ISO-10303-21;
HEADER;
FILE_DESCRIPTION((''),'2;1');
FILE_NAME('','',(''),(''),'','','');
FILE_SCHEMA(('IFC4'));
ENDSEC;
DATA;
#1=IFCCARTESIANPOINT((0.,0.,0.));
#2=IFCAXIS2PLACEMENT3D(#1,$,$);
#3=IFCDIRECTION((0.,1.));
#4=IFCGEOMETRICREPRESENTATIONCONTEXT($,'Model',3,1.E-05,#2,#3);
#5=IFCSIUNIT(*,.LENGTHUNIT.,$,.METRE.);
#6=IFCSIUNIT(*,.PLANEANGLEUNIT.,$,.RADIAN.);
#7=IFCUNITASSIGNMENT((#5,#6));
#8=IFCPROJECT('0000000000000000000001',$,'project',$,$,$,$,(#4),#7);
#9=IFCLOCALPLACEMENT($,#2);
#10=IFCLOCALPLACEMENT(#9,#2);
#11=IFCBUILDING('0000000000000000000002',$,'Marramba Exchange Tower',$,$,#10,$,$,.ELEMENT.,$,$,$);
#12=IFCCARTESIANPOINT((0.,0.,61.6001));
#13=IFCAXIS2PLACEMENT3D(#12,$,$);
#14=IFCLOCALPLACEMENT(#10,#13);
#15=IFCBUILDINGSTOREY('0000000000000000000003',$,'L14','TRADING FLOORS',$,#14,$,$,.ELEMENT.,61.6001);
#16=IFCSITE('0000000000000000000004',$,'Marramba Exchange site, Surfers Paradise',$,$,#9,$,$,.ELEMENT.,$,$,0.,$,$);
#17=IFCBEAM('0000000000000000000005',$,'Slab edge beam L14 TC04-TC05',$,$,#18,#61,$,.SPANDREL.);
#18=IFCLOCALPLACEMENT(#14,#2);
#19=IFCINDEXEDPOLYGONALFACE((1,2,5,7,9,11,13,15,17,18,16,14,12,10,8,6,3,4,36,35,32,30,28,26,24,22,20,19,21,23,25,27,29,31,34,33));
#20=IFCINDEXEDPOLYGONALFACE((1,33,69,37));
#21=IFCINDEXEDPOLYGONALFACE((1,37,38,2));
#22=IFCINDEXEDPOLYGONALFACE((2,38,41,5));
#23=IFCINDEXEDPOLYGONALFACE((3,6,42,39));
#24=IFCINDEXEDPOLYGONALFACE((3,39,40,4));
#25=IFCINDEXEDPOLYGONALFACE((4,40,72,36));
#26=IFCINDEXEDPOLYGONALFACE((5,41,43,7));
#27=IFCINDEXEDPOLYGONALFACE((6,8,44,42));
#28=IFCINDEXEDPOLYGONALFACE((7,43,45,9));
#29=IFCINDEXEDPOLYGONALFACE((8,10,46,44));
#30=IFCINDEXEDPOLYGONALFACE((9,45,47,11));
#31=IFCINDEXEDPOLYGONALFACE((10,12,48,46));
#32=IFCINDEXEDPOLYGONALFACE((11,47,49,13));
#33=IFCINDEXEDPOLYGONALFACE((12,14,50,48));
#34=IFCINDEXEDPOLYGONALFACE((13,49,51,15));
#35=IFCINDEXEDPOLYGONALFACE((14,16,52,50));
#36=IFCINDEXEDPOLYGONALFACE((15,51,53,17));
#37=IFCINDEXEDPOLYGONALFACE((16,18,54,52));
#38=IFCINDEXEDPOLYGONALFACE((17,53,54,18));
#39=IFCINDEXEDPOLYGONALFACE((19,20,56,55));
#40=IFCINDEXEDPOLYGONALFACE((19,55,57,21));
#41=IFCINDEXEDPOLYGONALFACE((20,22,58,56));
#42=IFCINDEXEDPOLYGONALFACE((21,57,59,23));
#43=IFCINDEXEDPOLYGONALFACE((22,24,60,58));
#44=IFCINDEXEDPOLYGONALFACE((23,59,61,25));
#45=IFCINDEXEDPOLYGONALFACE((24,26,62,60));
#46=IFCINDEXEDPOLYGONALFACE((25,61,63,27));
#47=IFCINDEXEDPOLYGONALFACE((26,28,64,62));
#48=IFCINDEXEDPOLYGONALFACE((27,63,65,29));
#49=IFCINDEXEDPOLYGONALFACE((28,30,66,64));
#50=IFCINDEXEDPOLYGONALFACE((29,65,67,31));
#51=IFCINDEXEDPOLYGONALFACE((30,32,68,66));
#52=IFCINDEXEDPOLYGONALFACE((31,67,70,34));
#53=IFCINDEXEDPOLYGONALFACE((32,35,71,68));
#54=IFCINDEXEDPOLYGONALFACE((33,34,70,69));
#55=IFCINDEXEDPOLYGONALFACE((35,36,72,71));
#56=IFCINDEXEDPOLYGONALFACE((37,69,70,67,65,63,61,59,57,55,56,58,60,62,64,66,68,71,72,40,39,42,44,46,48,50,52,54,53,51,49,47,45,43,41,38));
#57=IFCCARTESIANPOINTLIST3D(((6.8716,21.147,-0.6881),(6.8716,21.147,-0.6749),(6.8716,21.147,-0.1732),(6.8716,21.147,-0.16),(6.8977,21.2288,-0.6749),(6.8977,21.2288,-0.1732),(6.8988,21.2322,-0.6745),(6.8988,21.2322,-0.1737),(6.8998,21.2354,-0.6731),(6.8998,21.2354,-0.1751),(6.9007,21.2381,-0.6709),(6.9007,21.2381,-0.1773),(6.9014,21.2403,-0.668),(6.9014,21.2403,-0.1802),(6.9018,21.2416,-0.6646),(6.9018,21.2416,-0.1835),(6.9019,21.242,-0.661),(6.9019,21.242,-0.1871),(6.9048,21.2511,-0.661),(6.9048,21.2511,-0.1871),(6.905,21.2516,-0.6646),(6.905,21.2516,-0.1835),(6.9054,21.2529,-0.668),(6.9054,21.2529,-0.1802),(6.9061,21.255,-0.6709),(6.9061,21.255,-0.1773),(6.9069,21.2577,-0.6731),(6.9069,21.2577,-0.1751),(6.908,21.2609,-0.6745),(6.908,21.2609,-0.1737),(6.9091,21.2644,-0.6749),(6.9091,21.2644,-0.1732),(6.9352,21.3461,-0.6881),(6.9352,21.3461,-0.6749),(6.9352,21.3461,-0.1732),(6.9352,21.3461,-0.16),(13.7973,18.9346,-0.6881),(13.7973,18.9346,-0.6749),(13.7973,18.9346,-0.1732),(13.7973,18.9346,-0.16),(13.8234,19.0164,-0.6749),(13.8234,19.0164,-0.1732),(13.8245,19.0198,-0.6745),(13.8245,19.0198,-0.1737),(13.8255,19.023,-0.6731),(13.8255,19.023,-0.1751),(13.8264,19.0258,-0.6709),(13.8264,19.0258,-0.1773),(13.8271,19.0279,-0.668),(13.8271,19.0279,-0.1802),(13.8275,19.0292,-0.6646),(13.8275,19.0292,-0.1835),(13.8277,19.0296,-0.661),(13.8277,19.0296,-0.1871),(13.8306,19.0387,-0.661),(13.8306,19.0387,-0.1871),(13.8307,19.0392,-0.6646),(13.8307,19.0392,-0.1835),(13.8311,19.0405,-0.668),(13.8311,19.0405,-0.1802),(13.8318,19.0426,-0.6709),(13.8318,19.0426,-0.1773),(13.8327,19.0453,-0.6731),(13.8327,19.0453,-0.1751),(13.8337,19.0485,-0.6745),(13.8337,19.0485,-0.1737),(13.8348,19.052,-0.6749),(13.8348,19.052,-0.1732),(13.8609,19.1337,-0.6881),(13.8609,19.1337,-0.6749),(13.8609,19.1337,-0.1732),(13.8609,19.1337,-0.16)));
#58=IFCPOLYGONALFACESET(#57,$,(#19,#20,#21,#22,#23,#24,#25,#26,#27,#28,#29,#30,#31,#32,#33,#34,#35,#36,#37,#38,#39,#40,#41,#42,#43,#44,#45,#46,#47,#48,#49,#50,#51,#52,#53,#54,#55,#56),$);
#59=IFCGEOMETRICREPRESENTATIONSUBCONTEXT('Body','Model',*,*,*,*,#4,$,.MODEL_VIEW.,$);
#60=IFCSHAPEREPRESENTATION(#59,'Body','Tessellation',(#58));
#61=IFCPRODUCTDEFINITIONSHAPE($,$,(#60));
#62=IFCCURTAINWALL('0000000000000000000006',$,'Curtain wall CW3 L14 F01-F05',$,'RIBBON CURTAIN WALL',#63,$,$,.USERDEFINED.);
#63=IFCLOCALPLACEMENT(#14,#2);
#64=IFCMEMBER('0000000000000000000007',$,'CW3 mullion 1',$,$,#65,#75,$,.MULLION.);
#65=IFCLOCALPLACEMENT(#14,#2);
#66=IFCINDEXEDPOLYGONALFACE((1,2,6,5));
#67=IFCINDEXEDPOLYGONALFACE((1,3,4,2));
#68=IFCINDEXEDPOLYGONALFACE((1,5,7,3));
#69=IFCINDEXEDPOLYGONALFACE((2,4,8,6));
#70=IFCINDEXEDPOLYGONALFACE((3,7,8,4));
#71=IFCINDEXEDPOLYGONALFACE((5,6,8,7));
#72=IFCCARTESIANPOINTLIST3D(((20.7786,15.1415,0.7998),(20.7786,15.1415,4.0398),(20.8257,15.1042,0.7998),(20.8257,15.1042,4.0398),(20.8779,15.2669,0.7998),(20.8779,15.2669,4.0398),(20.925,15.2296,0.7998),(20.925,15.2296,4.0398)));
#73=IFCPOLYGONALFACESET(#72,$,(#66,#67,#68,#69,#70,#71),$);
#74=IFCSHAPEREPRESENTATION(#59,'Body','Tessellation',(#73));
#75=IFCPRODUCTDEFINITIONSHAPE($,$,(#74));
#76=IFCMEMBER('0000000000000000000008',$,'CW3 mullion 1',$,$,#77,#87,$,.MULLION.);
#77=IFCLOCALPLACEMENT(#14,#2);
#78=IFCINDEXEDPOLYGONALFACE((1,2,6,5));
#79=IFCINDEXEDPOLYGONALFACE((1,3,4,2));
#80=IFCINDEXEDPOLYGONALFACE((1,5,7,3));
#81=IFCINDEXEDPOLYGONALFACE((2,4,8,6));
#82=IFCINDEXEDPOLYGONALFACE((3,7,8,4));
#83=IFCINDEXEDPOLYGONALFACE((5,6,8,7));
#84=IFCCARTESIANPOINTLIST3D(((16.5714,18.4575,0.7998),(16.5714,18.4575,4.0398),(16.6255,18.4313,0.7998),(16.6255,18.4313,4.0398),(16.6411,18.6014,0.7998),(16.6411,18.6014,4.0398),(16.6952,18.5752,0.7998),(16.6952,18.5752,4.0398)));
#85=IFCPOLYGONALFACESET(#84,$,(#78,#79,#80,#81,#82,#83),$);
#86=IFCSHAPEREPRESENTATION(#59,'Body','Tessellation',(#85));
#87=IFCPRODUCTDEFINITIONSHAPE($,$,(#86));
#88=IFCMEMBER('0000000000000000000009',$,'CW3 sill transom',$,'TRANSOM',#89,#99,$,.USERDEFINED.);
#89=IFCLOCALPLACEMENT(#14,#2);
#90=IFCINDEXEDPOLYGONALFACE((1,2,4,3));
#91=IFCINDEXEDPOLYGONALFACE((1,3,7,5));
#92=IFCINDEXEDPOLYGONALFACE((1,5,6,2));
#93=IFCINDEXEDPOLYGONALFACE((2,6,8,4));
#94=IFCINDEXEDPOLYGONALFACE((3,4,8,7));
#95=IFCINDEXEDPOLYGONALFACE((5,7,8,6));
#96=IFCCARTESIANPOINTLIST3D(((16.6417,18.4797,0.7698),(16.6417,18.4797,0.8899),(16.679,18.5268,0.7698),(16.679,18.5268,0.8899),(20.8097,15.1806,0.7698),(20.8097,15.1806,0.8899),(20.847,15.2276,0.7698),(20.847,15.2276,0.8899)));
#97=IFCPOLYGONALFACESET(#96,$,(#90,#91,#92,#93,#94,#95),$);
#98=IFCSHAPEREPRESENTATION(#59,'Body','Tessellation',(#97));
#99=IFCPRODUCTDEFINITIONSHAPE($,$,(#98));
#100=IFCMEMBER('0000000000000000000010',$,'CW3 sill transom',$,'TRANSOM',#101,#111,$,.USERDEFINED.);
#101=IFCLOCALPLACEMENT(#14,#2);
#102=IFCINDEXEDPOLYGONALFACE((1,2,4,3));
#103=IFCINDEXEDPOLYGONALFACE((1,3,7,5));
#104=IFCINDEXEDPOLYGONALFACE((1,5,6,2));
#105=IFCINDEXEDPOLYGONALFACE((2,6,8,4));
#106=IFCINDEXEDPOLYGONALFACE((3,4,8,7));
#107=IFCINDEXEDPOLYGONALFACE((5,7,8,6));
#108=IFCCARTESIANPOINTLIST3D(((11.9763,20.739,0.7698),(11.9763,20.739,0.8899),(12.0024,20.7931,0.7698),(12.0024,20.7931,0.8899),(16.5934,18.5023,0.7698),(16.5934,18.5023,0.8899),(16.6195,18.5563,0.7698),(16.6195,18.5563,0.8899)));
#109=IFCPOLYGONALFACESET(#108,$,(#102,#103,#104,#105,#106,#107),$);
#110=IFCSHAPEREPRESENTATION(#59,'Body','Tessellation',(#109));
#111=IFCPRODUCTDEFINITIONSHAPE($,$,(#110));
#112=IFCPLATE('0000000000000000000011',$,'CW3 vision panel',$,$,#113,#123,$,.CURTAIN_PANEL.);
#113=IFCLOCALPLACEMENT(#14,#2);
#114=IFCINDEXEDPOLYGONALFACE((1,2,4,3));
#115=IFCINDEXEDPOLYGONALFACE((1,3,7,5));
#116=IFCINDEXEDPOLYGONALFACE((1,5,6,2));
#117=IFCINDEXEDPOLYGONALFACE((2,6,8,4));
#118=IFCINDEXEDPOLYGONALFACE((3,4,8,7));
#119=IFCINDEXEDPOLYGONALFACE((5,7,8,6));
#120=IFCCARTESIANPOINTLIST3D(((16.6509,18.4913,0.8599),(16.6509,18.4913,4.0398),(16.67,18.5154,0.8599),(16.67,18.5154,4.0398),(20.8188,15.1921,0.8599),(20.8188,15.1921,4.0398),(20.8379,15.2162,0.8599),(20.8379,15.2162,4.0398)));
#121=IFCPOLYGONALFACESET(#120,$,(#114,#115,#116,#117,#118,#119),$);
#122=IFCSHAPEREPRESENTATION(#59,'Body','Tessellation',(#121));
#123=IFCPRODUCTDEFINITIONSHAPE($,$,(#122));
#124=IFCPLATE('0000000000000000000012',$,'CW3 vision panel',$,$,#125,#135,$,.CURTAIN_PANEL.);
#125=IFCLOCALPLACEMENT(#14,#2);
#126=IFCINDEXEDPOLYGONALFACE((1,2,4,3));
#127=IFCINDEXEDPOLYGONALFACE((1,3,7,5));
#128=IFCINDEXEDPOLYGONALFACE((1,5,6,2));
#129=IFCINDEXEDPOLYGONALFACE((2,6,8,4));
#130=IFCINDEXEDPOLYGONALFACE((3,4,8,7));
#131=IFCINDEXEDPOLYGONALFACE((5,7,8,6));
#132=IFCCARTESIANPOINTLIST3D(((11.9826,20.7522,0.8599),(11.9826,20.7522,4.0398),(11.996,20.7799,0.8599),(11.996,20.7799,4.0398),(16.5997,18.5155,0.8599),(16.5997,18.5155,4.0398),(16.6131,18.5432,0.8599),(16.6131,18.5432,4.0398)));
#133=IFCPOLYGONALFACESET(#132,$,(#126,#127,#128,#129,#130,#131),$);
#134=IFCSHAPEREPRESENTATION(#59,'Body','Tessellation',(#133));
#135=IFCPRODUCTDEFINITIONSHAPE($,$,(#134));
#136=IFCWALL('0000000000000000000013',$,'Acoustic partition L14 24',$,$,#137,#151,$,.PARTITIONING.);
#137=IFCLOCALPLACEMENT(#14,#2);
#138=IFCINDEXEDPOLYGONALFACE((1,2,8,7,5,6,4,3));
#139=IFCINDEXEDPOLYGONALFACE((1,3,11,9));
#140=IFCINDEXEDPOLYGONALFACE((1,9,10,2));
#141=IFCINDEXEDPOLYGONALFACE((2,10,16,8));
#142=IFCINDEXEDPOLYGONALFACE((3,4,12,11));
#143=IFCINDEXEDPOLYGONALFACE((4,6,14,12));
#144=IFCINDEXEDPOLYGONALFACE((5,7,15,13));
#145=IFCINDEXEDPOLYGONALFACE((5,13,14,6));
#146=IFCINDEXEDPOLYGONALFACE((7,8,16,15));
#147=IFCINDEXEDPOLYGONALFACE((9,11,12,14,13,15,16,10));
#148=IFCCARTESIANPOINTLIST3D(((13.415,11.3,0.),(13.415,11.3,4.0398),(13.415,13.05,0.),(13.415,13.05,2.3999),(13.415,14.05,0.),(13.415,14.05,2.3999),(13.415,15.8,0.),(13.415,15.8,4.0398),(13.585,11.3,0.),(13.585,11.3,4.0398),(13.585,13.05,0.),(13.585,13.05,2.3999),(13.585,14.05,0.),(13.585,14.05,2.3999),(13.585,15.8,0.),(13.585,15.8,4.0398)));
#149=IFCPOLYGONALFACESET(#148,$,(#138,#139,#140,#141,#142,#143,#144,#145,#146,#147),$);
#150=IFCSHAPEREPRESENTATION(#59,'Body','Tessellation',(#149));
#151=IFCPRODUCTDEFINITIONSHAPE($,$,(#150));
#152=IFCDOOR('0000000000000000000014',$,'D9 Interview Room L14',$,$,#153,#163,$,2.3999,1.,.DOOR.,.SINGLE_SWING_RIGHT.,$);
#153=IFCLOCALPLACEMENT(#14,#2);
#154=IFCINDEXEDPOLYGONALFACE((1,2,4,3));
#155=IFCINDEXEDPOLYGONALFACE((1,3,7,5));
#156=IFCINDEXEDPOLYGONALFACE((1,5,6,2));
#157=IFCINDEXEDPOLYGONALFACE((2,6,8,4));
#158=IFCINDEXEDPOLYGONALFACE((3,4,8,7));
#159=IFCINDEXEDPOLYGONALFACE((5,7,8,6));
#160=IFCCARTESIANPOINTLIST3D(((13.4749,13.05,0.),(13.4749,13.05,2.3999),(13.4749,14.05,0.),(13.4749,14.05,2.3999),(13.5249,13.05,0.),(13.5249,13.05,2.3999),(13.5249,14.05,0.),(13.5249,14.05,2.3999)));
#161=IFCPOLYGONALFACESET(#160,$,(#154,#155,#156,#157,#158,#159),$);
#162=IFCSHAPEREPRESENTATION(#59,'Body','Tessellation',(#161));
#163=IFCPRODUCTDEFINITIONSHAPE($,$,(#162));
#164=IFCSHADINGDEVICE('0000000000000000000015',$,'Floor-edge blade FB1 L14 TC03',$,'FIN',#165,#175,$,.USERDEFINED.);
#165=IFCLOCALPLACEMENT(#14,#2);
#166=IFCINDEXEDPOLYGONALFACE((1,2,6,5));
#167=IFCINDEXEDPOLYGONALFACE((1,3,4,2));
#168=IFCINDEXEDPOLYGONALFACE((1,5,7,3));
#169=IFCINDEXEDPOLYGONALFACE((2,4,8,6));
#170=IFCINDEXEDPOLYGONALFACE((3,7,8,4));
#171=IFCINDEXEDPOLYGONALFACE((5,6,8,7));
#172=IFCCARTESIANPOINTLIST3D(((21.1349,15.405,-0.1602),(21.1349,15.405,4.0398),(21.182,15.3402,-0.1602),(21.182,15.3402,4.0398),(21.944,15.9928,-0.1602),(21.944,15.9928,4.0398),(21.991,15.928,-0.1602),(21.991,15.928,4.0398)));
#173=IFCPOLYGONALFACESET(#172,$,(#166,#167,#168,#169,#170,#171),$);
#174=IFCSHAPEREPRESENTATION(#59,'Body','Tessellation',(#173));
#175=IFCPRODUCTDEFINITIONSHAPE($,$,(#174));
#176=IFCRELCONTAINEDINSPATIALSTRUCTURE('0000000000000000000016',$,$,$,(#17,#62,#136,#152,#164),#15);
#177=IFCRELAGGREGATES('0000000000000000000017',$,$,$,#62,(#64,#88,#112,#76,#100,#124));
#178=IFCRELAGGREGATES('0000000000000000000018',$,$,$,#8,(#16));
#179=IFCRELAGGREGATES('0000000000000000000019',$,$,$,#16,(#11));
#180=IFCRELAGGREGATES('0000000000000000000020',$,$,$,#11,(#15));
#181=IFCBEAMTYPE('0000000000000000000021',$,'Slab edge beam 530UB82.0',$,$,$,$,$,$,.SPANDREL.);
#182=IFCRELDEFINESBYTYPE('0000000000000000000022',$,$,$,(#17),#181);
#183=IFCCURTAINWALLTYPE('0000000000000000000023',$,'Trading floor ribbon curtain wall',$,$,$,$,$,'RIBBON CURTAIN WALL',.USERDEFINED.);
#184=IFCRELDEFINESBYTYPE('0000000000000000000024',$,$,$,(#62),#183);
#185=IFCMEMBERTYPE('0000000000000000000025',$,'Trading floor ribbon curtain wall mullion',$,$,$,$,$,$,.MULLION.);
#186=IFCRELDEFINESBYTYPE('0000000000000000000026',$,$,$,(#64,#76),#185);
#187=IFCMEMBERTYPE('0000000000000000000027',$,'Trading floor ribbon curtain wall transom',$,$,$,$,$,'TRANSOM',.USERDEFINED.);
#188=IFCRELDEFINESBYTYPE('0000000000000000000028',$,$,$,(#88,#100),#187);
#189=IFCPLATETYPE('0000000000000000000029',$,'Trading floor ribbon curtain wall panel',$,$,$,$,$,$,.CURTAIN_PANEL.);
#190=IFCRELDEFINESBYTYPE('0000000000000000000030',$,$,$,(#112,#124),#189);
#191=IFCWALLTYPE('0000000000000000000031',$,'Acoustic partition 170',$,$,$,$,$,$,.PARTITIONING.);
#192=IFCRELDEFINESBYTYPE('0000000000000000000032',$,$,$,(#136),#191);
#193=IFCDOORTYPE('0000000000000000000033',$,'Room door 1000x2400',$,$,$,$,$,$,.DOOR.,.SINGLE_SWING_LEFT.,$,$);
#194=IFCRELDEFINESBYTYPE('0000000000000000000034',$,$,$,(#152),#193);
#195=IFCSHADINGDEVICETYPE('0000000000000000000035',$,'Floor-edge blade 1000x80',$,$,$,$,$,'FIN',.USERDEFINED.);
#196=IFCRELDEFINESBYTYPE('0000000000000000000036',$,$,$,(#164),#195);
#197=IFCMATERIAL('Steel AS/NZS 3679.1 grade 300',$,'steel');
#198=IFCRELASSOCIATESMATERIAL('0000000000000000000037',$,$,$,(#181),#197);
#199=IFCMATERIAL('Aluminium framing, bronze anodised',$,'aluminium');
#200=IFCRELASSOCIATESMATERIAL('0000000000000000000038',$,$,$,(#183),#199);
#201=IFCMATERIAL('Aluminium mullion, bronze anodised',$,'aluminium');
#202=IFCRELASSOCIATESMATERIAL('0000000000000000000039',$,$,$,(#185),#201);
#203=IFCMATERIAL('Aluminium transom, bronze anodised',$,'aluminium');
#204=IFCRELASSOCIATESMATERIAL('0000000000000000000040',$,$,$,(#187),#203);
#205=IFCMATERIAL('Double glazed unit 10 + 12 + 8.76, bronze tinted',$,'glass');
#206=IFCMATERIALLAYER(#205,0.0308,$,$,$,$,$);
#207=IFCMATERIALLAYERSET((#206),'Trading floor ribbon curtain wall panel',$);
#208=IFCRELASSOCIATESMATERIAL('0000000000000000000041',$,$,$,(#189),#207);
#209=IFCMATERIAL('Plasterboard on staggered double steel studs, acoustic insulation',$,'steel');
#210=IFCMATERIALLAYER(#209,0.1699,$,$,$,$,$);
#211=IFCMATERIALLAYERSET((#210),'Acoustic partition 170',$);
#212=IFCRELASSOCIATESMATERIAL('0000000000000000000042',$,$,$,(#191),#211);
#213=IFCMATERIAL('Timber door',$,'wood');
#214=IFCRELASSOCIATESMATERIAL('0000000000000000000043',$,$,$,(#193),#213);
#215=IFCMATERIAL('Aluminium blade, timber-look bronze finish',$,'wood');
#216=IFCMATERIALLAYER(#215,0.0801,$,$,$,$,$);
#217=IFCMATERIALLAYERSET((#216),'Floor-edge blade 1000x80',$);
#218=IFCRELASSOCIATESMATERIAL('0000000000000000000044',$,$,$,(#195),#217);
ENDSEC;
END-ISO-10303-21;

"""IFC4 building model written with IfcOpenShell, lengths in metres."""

from ifc_helpers import new_model, si_unit, direction, frame, frame_2d, origin, origin_2d, place, context, subcontext, project, spatial, rectangle, i_section, extrude, material, layer, layer_set, material_profile, profile_set, type_object, element, fill, aggregate, save


model = new_model("IFC4")

# Units and contexts
model_context = context("Model", 3, precision=1e-05, world=origin(), true_north=direction((0.0, 1.0)))
body_context = subcontext(model_context, "Body", "Model", "MODEL_VIEW")
ifc_project = project(units=[si_unit("LENGTHUNIT", "METRE"), si_unit("PLANEANGLEUNIT", "RADIAN")], contexts=[model_context])

# Site, building, storey
site_placement = place(None, origin())
site = spatial("IfcSite", under=ifc_project, at=site_placement, Name="Marramba Exchange site, Surfers Paradise", CompositionType="ELEMENT", RefElevation=0.0)
building_placement = place(site_placement, origin())
building = spatial("IfcBuilding", under=site, at=building_placement, Name="Marramba Exchange Tower", CompositionType="ELEMENT")
storey_placement = place(building_placement, frame((0.0, 0.0, 61.6001)))
storey = spatial("IfcBuildingStorey", under=building, at=storey_placement, Name="L14", Description="TRADING FLOORS", CompositionType="ELEMENT", Elevation=61.6001)

# Beam
ifc_material_1 = material(Name="Steel AS/NZS 3679.1 grade 300", Category="steel")
ifc_material_profile_1 = material_profile(ifc_material_1, i_section(OverallWidth=0.209, OverallDepth=0.5281, WebThickness=0.0095, FlangeThickness=0.0132, FilletRadius=0.0139, at=origin_2d()), Name="530UB82.0")
ifc_profile_set_1 = profile_set([ifc_material_profile_1], Name="Steel AS/NZS 3679.1 grade 300")
beam_type = type_object("IfcBeamType", Name="Slab edge beam 530UB82.0", PredefinedType="SPANDREL", material=ifc_profile_set_1)
beam_placement = place(storey_placement, frame((13.8291, 19.0342, -0.4241), z_axis=(-0.952578, 0.304296, 0.0), x_axis=(-0.304296, -0.952578, 0.0)))
element("IfcBeam", 1, at=beam_placement, inside=storey, type_object=beam_type, Name="Slab edge beam L14 TC04-TC05", PredefinedType="SPANDREL", context=body_context, shape_type="SweptSolid", body=[
    extrude(i_section(OverallWidth=0.209, OverallDepth=0.5281, WebThickness=0.0095, FlangeThickness=0.0132, FilletRadius=0.0139, at=origin_2d()), origin(), (0.0, 0.0, 1.0), 7.2705),
])

# Curtain wall, members, plates
ifc_material_2 = material(Name="Aluminium framing, bronze anodised", Category="aluminium")
curtain_wall_type = type_object("IfcCurtainWallType", Name="Trading floor ribbon curtain wall", ElementType="RIBBON CURTAIN WALL", PredefinedType="USERDEFINED", material=ifc_material_2)
curtain_wall_placement = place(storey_placement, origin())
curtain_wall = element("IfcCurtainWall", 2, at=curtain_wall_placement, inside=storey, type_object=curtain_wall_type, Name="Curtain wall CW3 L14 F01-F05", ObjectType="RIBBON CURTAIN WALL", PredefinedType="USERDEFINED")
ifc_material_3 = material(Name="Aluminium mullion, bronze anodised", Category="aluminium")
ifc_material_profile_2 = material_profile(ifc_material_3, rectangle(XDim=0.1599, YDim=0.0601, at=origin_2d()), Name="CW3 mullion 60x160")
ifc_profile_set_2 = profile_set([ifc_material_profile_2], Name="Aluminium mullion, bronze anodised")
member_type_1 = type_object("IfcMemberType", Name="Trading floor ribbon curtain wall mullion", PredefinedType="MULLION", material=ifc_profile_set_2)
member_1_placement = place(storey_placement, frame((20.8518, 15.1855, 0.7998), z_axis=(0.0, 0.0, 1.0), x_axis=(-0.62065, -0.784088, 0.0)))
member_1 = element("IfcMember", 3, at=member_1_placement, type_object=member_type_1, Name="CW3 mullion 1", PredefinedType="MULLION", context=body_context, shape_type="SweptSolid", body=[
    extrude(rectangle(XDim=0.1599, YDim=0.0601, at=origin_2d()), origin(), (0.0, 0.0, 1.0), 3.24),
])
member_2_placement = place(storey_placement, frame((16.6333, 18.5164, 0.7998), z_axis=(0.0, 0.0, 1.0), x_axis=(-0.435965, -0.899963, 0.0)))
member_2 = element("IfcMember", 4, at=member_2_placement, type_object=member_type_1, Name="CW3 mullion 1", PredefinedType="MULLION", context=body_context, shape_type="SweptSolid", body=[
    extrude(rectangle(XDim=0.1599, YDim=0.0601, at=origin_2d()), origin(), (0.0, 0.0, 1.0), 3.24),
])
ifc_material_4 = material(Name="Aluminium transom, bronze anodised", Category="aluminium")
ifc_material_profile_3 = material_profile(ifc_material_4, rectangle(XDim=0.0601, YDim=0.1201, at=origin_2d()), Name="CW3 transom 60x120")
ifc_profile_set_3 = profile_set([ifc_material_profile_3], Name="Aluminium transom, bronze anodised")
member_type_2 = type_object("IfcMemberType", Name="Trading floor ribbon curtain wall transom", ElementType="TRANSOM", PredefinedType="USERDEFINED", material=ifc_profile_set_3)
member_3_placement = place(storey_placement, frame((20.8284, 15.2041, 0.8298), z_axis=(-0.784098, 0.620637, 0.0), x_axis=(-0.620637, -0.784098, 0.0)))
member_3 = element("IfcMember", 5, at=member_3_placement, type_object=member_type_2, Name="CW3 sill transom", ObjectType="TRANSOM", PredefinedType="USERDEFINED", context=body_context, shape_type="SweptSolid", body=[
    extrude(rectangle(XDim=0.0601, YDim=0.1201, at=origin_2d()), origin(), (0.0, 0.0, 1.0), 5.3157),
])
member_4_placement = place(storey_placement, frame((16.6064, 18.5293, 0.8298), z_axis=(-0.899953, 0.435986, 0.0), x_axis=(-0.435986, -0.899953, 0.0)))
member_4 = element("IfcMember", 6, at=member_4_placement, type_object=member_type_2, Name="CW3 sill transom", ObjectType="TRANSOM", PredefinedType="USERDEFINED", context=body_context, shape_type="SweptSolid", body=[
    extrude(rectangle(XDim=0.0601, YDim=0.1201, at=origin_2d()), origin(), (0.0, 0.0, 1.0), 5.1304),
])
ifc_material_5 = material(Name="Double glazed unit 10 + 12 + 8.76, bronze tinted", Category="glass")
ifc_layer_1 = layer(ifc_material_5, 0.0308)
ifc_layer_set_1 = layer_set([ifc_layer_1], Name="Trading floor ribbon curtain wall panel")
plate_type = type_object("IfcPlateType", Name="Trading floor ribbon curtain wall panel", PredefinedType="CURTAIN_PANEL", material=ifc_layer_set_1)
plate_1_placement = place(storey_placement, frame((18.7444, 16.8538, 0.8599), z_axis=(0.0, 0.0, 1.0), x_axis=(-0.784088, 0.62065, 0.0)))
plate_1 = element("IfcPlate", 7, at=plate_1_placement, type_object=plate_type, Name="CW3 vision panel", PredefinedType="CURTAIN_PANEL", context=body_context, shape_type="SweptSolid", body=[
    extrude(rectangle(XDim=5.3157, YDim=0.0308, at=origin_2d()), origin(), (0.0, 0.0, 1.0), 3.1799),
])
plate_2_placement = place(storey_placement, frame((14.2979, 19.6477, 0.8599), z_axis=(0.0, 0.0, 1.0), x_axis=(-0.899963, 0.435965, 0.0)))
plate_2 = element("IfcPlate", 8, at=plate_2_placement, type_object=plate_type, Name="CW3 vision panel", PredefinedType="CURTAIN_PANEL", context=body_context, shape_type="SweptSolid", body=[
    extrude(rectangle(XDim=5.1304, YDim=0.0308, at=origin_2d()), origin(), (0.0, 0.0, 1.0), 3.1799),
])
aggregate(curtain_wall, [member_1, member_3, plate_1, member_2, member_4, plate_2])

# Wall, opening, door
ifc_material_6 = material(Name="Plasterboard on staggered double steel studs, acoustic insulation", Category="steel")
ifc_layer_2 = layer(ifc_material_6, 0.1699)
ifc_layer_set_2 = layer_set([ifc_layer_2], Name="Acoustic partition 170")
wall_type = type_object("IfcWallType", Name="Acoustic partition 170", PredefinedType="PARTITIONING", material=ifc_layer_set_2)
wall_placement = place(storey_placement, frame((13.5, 15.8, 0.0), z_axis=(0.0, 0.0, 1.0), x_axis=(0.0, -1.0, 0.0)))
wall = element("IfcWall", 9, at=wall_placement, inside=storey, type_object=wall_type, Name="Acoustic partition L14 24", PredefinedType="PARTITIONING", context=body_context, shape_type="SweptSolid", body=[
    extrude(rectangle(XDim=4.5, YDim=0.1699, at=frame_2d((2.25, 0.0))), origin(), (0.0, 0.0, 1.0), 4.0398),
])
opening_placement = place(wall_placement, frame((1.75, 0.0, 0.0)))
opening = element("IfcOpeningElement", 10, at=opening_placement, cuts=wall, PredefinedType="OPENING", context=body_context, shape_type="SweptSolid", body=[
    extrude(rectangle(XDim=1.0, YDim=2.3999, at=frame_2d((0.5, 1.2))), frame((0.0, 0.095, 0.0), z_axis=(0.0, -1.0, 0.0), x_axis=(1.0, 0.0, 0.0)), (0.0, 0.0, 1.0), 0.1899),
])
ifc_material_7 = material(Name="Timber door", Category="wood")
door_type = type_object("IfcDoorType", Name="Room door 1000x2400", OperationType="SINGLE_SWING_LEFT", PredefinedType="DOOR", material=ifc_material_7)
door_placement = place(opening_placement, frame((1.0, 0.0, 0.0), z_axis=(0.0, 0.0, 1.0), x_axis=(-1.0, 0.0, 0.0)))
door = element("IfcDoor", 11, at=door_placement, inside=storey, type_object=door_type, Name="D9 Interview Room L14", OperationType="SINGLE_SWING_RIGHT", OverallHeight=2.3999, OverallWidth=1.0, PredefinedType="DOOR", context=body_context, shape_type="SweptSolid", body=[
    extrude(rectangle(XDim=1.0, YDim=2.3999, at=frame_2d((0.5, 1.2))), frame((0.0, 0.0251, 0.0), z_axis=(0.0, -1.0, 0.0), x_axis=(1.0, 0.0, 0.0)), (0.0, 0.0, 1.0), 0.05),
])
fill(opening, door)

# Shading device
ifc_material_8 = material(Name="Aluminium blade, timber-look bronze finish", Category="wood")
ifc_layer_3 = layer(ifc_material_8, 0.0801)
ifc_layer_set_3 = layer_set([ifc_layer_3], Name="Floor-edge blade 1000x80")
shading_device_type_1 = type_object("IfcShadingDeviceType", Name="Floor-edge blade 1000x80", ElementType="FIN", PredefinedType="USERDEFINED", material=ifc_layer_set_3)
for number, where, z_axis, x_axis, name in (
    (12, (21.563, 15.6665, -0.1602), (0.0, 0.0, 1.0), (0.809017, 0.587785, 0.0), "Floor-edge blade FB1 L14 TC03"),
):
    element("IfcShadingDevice", number, at=place(storey_placement, frame(where, z_axis=z_axis, x_axis=x_axis)), inside=storey, type_object=shading_device_type_1, Name=name, ObjectType="FIN", PredefinedType="USERDEFINED", context=body_context, shape_type="SweptSolid", body=[
        extrude(rectangle(XDim=1.0, YDim=0.0801, at=origin_2d()), origin(), (0.0, 0.0, 1.0), 4.2),
    ])

save(model, "model.ifc")
